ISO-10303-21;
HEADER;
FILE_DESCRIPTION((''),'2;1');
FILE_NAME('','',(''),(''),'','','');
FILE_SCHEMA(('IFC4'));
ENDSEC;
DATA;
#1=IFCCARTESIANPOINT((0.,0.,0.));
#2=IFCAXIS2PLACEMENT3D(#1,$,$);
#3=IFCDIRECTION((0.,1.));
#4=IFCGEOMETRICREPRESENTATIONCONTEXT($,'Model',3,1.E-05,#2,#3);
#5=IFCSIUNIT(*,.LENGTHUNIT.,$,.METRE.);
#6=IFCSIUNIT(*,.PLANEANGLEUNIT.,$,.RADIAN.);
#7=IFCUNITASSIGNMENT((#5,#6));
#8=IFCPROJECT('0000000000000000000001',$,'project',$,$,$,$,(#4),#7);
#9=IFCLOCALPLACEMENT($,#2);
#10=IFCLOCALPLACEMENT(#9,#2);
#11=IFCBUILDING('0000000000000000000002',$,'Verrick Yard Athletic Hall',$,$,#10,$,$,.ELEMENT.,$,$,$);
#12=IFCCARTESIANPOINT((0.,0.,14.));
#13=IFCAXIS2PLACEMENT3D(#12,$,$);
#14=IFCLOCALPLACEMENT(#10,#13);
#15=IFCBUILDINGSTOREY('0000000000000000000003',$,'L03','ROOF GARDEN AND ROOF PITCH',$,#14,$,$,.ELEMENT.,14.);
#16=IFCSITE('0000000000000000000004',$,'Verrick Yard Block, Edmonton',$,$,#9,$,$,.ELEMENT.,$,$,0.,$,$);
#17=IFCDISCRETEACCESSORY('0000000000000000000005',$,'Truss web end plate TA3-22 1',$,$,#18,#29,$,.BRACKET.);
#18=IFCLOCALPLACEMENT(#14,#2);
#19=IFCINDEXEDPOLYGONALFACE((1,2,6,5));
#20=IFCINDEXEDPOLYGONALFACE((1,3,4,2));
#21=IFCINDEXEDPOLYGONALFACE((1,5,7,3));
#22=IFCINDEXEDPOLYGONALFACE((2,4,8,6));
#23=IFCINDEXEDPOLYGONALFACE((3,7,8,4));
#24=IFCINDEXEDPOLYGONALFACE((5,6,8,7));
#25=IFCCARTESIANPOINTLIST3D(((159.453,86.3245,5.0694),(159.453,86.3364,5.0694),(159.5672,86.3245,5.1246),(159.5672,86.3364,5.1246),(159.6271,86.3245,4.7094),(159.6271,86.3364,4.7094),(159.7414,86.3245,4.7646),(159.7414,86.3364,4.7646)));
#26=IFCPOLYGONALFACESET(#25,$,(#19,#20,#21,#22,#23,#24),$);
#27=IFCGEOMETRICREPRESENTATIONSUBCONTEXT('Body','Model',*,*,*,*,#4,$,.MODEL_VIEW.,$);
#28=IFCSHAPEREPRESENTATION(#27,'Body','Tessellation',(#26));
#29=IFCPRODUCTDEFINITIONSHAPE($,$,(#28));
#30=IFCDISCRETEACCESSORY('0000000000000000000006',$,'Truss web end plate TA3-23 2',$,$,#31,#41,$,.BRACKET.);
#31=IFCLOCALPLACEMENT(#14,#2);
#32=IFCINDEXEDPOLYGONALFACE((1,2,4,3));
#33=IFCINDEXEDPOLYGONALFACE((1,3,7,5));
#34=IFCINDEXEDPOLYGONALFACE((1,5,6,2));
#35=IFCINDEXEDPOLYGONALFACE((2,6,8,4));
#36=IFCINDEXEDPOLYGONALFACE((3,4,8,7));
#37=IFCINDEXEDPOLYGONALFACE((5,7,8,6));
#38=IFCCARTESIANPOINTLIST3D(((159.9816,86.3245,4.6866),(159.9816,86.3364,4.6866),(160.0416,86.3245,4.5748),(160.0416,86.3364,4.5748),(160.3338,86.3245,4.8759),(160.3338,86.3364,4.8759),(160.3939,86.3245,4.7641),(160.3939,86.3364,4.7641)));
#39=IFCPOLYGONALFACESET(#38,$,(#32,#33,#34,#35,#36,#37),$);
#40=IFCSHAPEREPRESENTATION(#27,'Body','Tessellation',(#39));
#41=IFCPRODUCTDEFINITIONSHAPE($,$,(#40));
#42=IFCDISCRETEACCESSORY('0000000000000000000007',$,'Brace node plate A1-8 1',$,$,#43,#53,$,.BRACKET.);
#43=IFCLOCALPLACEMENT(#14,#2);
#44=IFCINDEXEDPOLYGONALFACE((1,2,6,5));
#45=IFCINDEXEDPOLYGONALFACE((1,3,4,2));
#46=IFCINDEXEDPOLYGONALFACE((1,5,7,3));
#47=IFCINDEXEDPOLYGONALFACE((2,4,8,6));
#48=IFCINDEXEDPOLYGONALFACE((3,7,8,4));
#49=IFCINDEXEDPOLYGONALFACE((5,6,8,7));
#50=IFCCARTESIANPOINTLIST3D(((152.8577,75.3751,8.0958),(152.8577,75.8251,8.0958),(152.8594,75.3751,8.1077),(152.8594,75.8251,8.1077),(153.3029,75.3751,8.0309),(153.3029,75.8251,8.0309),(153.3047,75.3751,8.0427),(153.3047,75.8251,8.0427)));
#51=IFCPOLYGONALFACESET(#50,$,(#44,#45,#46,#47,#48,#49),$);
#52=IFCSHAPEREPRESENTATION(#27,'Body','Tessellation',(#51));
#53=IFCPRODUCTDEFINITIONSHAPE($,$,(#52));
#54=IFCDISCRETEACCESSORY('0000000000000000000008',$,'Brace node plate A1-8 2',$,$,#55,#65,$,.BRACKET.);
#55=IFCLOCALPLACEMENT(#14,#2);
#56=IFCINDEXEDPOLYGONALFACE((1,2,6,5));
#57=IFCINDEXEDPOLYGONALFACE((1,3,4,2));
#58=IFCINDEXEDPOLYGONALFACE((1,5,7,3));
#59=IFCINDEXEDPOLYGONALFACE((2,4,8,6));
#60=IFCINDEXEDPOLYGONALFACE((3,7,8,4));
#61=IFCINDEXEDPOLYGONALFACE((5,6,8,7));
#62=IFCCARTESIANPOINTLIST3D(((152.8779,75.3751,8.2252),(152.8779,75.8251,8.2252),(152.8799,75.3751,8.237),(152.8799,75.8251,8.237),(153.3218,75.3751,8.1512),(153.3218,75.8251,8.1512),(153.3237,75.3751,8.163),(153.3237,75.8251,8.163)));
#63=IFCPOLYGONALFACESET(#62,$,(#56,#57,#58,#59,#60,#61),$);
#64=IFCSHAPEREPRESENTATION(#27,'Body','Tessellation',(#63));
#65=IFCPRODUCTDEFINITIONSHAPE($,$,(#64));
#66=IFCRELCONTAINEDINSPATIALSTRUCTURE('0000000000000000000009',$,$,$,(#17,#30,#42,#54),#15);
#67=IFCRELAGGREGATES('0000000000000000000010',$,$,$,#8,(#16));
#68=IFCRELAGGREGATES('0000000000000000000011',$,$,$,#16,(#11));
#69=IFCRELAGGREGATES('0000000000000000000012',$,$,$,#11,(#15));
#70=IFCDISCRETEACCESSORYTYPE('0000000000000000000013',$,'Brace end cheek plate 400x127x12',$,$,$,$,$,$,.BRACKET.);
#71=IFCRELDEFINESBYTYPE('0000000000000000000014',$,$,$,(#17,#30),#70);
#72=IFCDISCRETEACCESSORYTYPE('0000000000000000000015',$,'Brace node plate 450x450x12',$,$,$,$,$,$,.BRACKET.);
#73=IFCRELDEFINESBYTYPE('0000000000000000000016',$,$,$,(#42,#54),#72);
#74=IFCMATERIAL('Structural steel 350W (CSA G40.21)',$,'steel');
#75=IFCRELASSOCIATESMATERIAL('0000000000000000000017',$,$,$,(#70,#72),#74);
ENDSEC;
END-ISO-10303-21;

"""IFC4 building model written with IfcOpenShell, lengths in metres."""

from ifc_helpers import new_model, si_unit, direction, frame, origin, origin_2d, place, context, subcontext, project, spatial, rectangle, extrude, material, material_profile, profile_set, type_object, element, save


model = new_model("IFC4")

# Units and contexts
model_context = context("Model", 3, precision=1e-05, world=origin(), true_north=direction((0.0, 1.0)))
body_context = subcontext(model_context, "Body", "Model", "MODEL_VIEW")
ifc_project = project(units=[si_unit("LENGTHUNIT", "METRE"), si_unit("PLANEANGLEUNIT", "RADIAN")], contexts=[model_context])

# Site, building, storey
site_placement = place(None, origin())
site = spatial("IfcSite", under=ifc_project, at=site_placement, Name="Verrick Yard Block, Edmonton", CompositionType="ELEMENT", RefElevation=0.0)
building_placement = place(site_placement, origin())
building = spatial("IfcBuilding", under=site, at=building_placement, Name="Verrick Yard Athletic Hall", CompositionType="ELEMENT")
storey_placement = place(building_placement, frame((0.0, 0.0, 14.0)))
storey = spatial("IfcBuildingStorey", under=building, at=storey_placement, Name="L03", Description="ROOF GARDEN AND ROOF PITCH", CompositionType="ELEMENT", Elevation=14.0)

# Discrete accessories
ifc_material_1 = material(Name="Structural steel 350W (CSA G40.21)", Category="steel")
ifc_material_profile_1 = material_profile(ifc_material_1, rectangle(XDim=0.3999, YDim=0.127, at=origin_2d()), Name="Brace end cheek plate")
ifc_profile_set_1 = profile_set([ifc_material_profile_1], Name="Structural steel 350W (CSA G40.21)")
discrete_accessory_type_1 = type_object("IfcDiscreteAccessoryType", Name="Brace end cheek plate 400x127x12", PredefinedType="BRACKET", material=ifc_profile_set_1)
for number, where, z_axis, x_axis, name in (
    (1, (159.5972, 86.3364, 4.917), (0.0, -1.0, 0.0), (-0.435417, 0.0, 0.900229), "Truss web end plate TA3-22 1"),
    (2, (160.1877, 86.3364, 4.7253), (0.0, -1.0, 0.0), (0.88092, 0.0, 0.473265), "Truss web end plate TA3-23 2"),
):
    element("IfcDiscreteAccessory", number, at=place(storey_placement, frame(where, z_axis=z_axis, x_axis=x_axis)), inside=storey, type_object=discrete_accessory_type_1, Name=name, PredefinedType="BRACKET", context=body_context, shape_type="SweptSolid", body=[
        extrude(rectangle(XDim=0.3999, YDim=0.127, at=origin_2d()), origin(), (0.0, 0.0, 1.0), 0.012),
    ])
ifc_material_profile_2 = material_profile(ifc_material_1, rectangle(XDim=0.45, YDim=0.45, at=origin_2d()), Name="Brace node plate")
ifc_profile_set_2 = profile_set([ifc_material_profile_2], Name="Structural steel 350W (CSA G40.21)")
discrete_accessory_type_2 = type_object("IfcDiscreteAccessoryType", Name="Brace node plate 450x450x12", PredefinedType="BRACKET", material=ifc_profile_set_2)
for number, where, z_axis, x_axis, name in (
    (3, (153.082, 75.6001, 8.0752), (-0.144307, 0.0, -0.989533), (0.0, -1.0, 0.0), "Brace node plate A1-8 1"),
    (4, (153.0999, 75.6001, 8.1882), (0.164399, 0.0, 0.986394), (0.0, 1.0, 0.0), "Brace node plate A1-8 2"),
):
    element("IfcDiscreteAccessory", number, at=place(storey_placement, frame(where, z_axis=z_axis, x_axis=x_axis)), inside=storey, type_object=discrete_accessory_type_2, Name=name, PredefinedType="BRACKET", context=body_context, shape_type="SweptSolid", body=[
        extrude(rectangle(XDim=0.45, YDim=0.45, at=origin_2d()), origin(), (0.0, 0.0, 1.0), 0.012),
    ])

save(model, "model.ifc")
